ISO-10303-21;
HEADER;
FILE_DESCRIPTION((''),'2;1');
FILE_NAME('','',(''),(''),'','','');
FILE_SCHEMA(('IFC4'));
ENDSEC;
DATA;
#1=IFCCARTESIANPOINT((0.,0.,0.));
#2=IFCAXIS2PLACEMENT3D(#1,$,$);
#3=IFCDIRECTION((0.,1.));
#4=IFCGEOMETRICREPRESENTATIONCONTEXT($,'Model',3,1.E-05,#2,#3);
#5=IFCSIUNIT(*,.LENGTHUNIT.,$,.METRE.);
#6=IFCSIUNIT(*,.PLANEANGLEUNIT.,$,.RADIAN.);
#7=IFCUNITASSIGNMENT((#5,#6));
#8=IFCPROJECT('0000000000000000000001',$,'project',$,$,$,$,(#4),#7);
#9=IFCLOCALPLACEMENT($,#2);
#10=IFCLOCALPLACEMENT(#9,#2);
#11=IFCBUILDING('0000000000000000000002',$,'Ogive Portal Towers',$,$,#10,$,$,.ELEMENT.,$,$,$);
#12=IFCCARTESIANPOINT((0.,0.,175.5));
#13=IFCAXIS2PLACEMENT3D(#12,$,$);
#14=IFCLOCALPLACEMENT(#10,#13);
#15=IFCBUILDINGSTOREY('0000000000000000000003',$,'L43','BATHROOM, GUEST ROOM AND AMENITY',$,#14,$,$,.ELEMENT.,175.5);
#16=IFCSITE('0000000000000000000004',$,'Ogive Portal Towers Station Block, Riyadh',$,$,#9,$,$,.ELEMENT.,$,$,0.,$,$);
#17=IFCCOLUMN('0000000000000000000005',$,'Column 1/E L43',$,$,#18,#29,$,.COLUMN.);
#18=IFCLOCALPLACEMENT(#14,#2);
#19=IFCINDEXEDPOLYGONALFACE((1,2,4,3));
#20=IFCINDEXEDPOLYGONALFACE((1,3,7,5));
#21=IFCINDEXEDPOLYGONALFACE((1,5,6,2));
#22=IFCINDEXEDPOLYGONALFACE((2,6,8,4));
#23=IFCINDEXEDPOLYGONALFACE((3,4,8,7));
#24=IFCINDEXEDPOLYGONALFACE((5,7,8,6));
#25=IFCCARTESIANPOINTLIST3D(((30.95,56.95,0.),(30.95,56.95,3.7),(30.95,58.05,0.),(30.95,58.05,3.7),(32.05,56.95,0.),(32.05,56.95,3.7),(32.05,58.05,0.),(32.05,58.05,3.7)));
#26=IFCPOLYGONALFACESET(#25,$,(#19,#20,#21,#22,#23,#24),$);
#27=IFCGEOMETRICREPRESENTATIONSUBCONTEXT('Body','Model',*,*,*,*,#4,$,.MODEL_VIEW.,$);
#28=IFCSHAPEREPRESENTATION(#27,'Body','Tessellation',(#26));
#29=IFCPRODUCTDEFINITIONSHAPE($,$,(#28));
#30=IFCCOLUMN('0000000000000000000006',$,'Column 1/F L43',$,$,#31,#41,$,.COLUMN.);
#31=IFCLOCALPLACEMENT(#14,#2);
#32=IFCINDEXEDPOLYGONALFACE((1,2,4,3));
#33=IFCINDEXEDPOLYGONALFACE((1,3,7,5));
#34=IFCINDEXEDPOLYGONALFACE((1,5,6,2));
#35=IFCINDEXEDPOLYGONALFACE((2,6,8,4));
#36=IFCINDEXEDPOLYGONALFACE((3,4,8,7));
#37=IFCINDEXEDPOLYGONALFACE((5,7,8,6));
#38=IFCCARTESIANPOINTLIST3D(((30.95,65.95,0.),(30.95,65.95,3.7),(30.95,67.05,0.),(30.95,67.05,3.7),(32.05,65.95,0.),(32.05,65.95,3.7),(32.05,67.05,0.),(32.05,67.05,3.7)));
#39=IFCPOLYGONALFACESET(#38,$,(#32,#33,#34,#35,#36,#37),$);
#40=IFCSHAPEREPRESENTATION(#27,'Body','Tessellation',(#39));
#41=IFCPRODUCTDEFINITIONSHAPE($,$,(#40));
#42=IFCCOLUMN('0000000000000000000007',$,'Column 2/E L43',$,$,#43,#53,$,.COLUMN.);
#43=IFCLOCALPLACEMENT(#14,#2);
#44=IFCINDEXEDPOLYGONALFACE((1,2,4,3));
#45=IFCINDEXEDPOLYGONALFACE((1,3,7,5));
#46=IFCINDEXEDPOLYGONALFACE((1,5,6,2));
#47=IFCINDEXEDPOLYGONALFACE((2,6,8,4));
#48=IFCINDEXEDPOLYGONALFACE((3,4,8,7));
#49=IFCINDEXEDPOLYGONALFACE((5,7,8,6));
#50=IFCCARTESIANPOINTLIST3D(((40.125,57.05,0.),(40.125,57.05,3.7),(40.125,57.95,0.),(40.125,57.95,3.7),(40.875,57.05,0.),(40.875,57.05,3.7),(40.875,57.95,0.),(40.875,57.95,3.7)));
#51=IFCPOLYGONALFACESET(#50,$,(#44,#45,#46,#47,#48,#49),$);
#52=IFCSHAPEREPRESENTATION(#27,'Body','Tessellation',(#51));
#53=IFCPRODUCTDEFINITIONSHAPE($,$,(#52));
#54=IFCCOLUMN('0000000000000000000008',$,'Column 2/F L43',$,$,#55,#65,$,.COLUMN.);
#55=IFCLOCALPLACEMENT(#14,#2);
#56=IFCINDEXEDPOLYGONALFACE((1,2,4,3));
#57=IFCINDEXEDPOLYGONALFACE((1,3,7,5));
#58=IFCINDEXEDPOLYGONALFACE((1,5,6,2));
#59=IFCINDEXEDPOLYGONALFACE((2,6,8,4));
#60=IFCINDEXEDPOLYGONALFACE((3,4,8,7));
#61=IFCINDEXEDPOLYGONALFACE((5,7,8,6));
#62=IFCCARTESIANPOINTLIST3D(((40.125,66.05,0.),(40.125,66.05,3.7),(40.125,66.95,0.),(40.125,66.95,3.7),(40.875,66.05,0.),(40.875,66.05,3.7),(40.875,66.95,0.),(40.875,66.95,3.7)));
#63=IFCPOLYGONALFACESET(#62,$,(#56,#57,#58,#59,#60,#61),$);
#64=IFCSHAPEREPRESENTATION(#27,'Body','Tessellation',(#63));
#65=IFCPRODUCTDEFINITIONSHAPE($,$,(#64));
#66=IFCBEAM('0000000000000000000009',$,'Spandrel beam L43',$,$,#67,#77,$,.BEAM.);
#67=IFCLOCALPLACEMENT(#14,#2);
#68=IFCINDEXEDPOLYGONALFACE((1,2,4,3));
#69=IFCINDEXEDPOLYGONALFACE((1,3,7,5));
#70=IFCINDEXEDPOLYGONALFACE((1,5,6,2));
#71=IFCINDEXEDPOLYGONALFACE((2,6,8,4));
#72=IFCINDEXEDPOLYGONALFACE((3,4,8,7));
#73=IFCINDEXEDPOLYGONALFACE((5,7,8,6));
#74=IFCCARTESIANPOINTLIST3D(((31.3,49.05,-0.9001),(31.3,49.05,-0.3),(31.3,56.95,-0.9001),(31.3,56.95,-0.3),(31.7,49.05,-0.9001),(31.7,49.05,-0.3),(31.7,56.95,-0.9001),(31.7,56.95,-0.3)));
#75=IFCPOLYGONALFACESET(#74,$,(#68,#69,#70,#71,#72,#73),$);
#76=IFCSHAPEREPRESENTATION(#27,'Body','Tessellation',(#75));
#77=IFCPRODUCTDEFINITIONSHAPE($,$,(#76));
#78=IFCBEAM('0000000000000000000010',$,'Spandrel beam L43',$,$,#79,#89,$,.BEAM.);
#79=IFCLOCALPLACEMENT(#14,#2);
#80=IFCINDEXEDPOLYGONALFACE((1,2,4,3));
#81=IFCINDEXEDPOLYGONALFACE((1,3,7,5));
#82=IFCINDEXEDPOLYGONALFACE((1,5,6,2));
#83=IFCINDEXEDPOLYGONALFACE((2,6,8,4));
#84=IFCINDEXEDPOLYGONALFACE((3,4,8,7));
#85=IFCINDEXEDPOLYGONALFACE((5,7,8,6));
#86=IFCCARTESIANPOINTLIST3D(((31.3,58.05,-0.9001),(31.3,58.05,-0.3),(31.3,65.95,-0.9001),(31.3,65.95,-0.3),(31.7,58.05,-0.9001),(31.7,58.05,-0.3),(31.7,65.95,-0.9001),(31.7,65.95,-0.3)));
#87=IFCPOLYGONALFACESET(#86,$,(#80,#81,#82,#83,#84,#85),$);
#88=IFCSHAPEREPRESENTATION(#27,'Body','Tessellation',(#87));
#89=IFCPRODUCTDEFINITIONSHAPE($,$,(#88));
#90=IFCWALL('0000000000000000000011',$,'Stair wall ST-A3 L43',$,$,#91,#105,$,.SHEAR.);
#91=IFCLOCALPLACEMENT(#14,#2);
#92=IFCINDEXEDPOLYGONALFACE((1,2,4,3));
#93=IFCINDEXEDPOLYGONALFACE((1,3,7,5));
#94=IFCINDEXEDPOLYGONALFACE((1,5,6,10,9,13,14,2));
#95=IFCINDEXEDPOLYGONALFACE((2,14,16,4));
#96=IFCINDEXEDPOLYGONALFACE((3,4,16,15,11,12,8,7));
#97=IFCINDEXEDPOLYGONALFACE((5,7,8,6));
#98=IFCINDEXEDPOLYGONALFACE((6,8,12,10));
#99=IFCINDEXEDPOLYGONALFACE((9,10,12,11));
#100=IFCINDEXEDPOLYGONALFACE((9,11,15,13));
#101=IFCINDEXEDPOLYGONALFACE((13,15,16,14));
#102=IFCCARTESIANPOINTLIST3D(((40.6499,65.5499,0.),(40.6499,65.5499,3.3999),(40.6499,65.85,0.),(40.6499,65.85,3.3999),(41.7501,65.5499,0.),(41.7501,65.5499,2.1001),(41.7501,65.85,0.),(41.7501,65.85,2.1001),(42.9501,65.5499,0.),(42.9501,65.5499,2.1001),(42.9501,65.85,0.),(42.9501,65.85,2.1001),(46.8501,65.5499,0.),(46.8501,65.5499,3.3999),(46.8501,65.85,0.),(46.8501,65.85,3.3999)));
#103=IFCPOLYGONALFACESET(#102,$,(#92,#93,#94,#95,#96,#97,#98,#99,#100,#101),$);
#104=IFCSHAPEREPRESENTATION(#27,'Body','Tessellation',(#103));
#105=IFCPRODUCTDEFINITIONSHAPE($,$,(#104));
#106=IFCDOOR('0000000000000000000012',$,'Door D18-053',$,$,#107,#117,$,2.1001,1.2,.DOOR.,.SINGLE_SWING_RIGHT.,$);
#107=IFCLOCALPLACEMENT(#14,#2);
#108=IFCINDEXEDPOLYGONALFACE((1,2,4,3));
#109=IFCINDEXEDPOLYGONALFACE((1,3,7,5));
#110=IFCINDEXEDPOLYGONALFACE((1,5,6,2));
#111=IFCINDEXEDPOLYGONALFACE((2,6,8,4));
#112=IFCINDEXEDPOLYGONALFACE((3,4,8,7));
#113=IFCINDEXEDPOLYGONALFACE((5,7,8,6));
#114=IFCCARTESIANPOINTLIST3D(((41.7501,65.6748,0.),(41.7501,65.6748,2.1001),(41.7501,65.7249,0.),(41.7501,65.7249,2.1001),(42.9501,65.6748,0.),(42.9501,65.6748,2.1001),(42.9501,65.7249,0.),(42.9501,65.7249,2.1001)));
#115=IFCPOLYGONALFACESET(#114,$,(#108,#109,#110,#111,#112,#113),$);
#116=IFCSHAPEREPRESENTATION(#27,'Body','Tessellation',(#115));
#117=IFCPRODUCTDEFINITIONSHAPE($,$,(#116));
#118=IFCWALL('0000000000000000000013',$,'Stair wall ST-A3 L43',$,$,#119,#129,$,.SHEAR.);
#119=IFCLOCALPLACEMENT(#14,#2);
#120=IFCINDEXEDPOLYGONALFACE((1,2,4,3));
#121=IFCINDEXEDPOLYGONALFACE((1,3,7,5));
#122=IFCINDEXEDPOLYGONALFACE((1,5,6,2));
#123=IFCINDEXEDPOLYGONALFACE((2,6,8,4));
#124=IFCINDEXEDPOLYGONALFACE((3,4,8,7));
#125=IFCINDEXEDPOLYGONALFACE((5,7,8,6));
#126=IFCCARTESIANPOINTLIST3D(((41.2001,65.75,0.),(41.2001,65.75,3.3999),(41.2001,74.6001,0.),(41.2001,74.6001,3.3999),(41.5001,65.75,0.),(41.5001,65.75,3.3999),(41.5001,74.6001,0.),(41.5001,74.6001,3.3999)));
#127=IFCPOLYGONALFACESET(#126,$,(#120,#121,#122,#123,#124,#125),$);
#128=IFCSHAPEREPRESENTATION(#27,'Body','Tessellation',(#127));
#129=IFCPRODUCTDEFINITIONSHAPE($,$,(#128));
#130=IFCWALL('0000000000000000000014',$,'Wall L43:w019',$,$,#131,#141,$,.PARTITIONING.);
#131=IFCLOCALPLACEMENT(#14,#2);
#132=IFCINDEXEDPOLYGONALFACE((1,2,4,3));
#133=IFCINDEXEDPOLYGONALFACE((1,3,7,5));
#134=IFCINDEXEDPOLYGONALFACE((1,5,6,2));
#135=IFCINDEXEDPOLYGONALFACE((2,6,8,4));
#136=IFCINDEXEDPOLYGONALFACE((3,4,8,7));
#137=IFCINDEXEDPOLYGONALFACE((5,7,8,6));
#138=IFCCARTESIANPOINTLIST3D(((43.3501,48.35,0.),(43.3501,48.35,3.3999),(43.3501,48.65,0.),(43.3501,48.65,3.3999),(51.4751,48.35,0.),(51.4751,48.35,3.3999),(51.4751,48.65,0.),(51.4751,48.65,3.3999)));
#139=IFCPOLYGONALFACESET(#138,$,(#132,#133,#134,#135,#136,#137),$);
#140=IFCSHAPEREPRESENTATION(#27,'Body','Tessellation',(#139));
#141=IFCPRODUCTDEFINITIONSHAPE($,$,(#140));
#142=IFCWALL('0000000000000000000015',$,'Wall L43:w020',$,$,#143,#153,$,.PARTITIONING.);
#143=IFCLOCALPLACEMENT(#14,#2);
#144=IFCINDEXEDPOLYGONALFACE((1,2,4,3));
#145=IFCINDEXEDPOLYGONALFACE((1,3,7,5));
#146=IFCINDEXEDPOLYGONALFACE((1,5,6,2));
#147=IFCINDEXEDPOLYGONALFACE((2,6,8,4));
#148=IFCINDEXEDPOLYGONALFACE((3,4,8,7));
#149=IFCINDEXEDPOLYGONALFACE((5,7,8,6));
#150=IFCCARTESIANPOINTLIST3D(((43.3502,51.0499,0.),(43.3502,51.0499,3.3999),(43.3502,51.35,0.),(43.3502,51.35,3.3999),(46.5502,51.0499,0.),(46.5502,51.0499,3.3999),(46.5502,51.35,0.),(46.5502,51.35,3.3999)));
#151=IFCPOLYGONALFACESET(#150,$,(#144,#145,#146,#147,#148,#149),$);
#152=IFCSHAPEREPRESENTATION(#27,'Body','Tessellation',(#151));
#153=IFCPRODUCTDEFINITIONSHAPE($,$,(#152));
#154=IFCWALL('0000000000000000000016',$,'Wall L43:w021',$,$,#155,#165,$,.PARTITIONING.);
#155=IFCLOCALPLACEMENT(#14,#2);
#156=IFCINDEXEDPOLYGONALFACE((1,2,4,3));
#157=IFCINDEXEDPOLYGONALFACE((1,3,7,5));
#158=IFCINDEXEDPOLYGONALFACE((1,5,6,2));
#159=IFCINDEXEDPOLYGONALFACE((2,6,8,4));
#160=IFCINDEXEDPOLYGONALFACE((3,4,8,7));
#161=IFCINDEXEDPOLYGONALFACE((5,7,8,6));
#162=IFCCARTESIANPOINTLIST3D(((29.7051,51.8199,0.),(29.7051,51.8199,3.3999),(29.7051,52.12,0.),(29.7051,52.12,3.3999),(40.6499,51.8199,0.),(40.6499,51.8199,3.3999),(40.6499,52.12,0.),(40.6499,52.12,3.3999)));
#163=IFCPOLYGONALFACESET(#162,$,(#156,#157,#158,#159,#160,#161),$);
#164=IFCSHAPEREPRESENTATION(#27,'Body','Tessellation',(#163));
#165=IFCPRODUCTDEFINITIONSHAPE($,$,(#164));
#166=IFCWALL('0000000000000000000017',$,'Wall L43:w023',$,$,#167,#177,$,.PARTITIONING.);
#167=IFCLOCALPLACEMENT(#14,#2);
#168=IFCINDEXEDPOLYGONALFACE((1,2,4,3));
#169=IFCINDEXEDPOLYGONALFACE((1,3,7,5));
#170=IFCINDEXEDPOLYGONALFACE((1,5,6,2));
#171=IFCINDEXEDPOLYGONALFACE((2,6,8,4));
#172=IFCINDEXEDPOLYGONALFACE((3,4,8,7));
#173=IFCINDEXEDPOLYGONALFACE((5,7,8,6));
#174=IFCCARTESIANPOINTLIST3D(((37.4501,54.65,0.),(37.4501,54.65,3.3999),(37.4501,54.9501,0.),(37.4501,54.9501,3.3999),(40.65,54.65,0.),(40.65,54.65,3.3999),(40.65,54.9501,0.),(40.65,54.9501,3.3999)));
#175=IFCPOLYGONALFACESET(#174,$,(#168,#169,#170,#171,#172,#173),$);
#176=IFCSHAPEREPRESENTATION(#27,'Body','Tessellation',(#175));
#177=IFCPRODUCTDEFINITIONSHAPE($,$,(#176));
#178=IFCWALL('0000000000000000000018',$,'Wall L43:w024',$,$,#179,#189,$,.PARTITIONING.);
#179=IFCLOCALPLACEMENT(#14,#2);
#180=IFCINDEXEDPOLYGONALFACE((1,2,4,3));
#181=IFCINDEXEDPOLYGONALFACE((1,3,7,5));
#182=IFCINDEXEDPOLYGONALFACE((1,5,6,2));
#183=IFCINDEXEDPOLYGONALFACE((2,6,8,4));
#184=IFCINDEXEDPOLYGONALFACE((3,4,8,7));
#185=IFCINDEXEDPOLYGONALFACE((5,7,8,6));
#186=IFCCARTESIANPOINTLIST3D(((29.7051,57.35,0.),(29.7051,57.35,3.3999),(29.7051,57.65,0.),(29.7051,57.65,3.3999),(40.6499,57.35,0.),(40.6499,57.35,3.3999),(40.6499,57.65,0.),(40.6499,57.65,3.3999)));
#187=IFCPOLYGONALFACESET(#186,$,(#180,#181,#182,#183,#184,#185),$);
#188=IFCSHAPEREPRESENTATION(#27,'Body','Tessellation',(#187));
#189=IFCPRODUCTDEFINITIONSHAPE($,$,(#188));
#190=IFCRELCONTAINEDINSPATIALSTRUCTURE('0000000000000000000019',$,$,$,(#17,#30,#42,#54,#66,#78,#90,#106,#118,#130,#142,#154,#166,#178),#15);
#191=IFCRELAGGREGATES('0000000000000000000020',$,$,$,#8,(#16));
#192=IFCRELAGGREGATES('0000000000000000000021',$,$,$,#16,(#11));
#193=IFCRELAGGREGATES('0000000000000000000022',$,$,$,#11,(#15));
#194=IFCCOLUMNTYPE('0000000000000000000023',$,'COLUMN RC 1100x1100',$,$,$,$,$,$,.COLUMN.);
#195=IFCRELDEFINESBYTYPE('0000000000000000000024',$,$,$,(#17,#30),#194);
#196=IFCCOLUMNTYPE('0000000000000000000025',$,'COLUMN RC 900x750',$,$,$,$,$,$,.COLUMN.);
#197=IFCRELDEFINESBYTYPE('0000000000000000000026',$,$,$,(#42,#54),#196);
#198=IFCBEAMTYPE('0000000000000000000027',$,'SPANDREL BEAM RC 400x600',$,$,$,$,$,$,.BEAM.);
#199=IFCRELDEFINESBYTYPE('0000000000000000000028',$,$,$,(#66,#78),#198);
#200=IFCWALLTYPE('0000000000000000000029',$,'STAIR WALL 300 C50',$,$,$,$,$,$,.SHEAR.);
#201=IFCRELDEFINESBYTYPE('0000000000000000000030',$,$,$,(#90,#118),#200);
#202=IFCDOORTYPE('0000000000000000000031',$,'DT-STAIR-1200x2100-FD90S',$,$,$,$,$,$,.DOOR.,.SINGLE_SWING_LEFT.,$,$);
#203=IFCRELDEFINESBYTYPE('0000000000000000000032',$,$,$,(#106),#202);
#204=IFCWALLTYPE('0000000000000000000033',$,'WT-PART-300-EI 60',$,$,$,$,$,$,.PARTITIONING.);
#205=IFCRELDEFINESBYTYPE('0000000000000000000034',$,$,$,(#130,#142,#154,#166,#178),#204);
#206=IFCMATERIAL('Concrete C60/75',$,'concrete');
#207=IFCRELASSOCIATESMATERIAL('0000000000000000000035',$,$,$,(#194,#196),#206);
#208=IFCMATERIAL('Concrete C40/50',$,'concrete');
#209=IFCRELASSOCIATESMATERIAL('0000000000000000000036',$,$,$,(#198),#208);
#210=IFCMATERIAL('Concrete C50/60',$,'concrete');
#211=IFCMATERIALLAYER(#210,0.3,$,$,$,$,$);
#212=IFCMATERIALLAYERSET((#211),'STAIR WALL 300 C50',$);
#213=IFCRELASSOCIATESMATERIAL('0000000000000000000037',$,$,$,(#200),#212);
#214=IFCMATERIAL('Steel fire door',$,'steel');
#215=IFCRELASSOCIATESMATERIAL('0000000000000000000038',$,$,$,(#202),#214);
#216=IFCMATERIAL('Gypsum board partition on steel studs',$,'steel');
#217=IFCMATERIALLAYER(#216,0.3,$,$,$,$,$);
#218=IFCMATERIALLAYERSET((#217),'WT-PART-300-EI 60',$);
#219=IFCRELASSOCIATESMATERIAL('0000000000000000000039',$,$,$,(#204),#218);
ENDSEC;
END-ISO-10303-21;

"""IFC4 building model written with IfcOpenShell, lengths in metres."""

from ifc_helpers import new_model, si_unit, direction, frame, frame_2d, origin, origin_2d, place, context, subcontext, project, spatial, rectangle, extrude, material, layer, layer_set, material_profile, profile_set, type_object, element, fill, save


model = new_model("IFC4")

# Units and contexts
model_context = context("Model", 3, precision=1e-05, world=origin(), true_north=direction((0.0, 1.0)))
body_context = subcontext(model_context, "Body", "Model", "MODEL_VIEW")
ifc_project = project(units=[si_unit("LENGTHUNIT", "METRE"), si_unit("PLANEANGLEUNIT", "RADIAN")], contexts=[model_context])

# Site, building, storey
site_placement = place(None, origin())
site = spatial("IfcSite", under=ifc_project, at=site_placement, Name="Ogive Portal Towers Station Block, Riyadh", CompositionType="ELEMENT", RefElevation=0.0)
building_placement = place(site_placement, origin())
building = spatial("IfcBuilding", under=site, at=building_placement, Name="Ogive Portal Towers", CompositionType="ELEMENT")
storey_placement = place(building_placement, frame((0.0, 0.0, 175.5)))
storey = spatial("IfcBuildingStorey", under=building, at=storey_placement, Name="L43", Description="BATHROOM, GUEST ROOM AND AMENITY", CompositionType="ELEMENT", Elevation=175.5)

# Columns
ifc_material_1 = material(Name="Concrete C60/75", Category="concrete")
ifc_material_profile_1 = material_profile(ifc_material_1, rectangle(XDim=1.1001, YDim=1.1001, at=origin_2d()), Name="RC 1100x1100")
ifc_profile_set_1 = profile_set([ifc_material_profile_1], Name="Concrete C60/75")
column_type_1 = type_object("IfcColumnType", Name="COLUMN RC 1100x1100", PredefinedType="COLUMN", material=ifc_profile_set_1)
for number, where, z_axis, x_axis, name in (
    (1, (31.5, 57.5, 0.0), (0.0, 0.0, 1.0), (1.0, 0.0, 0.0), "Column 1/E L43"),
    (2, (31.5, 66.5, 0.0), (0.0, 0.0, 1.0), (1.0, 0.0, 0.0), "Column 1/F L43"),
):
    element("IfcColumn", number, at=place(storey_placement, frame(where, z_axis=z_axis, x_axis=x_axis)), inside=storey, type_object=column_type_1, Name=name, PredefinedType="COLUMN", context=body_context, shape_type="SweptSolid", body=[
        extrude(rectangle(XDim=1.1001, YDim=1.1001, at=origin_2d()), origin(), (0.0, 0.0, 1.0), 3.7),
    ])
ifc_material_profile_2 = material_profile(ifc_material_1, rectangle(XDim=0.8999, YDim=0.75, at=origin_2d()), Name="RC 900x750")
ifc_profile_set_2 = profile_set([ifc_material_profile_2], Name="Concrete C60/75")
column_type_2 = type_object("IfcColumnType", Name="COLUMN RC 900x750", PredefinedType="COLUMN", material=ifc_profile_set_2)
for number, where, z_axis, x_axis, name in (
    (3, (40.5, 57.5, 0.0), (0.0, 0.0, 1.0), (0.0, 1.0, 0.0), "Column 2/E L43"),
    (4, (40.5, 66.5, 0.0), (0.0, 0.0, 1.0), (0.0, 1.0, 0.0), "Column 2/F L43"),
):
    element("IfcColumn", number, at=place(storey_placement, frame(where, z_axis=z_axis, x_axis=x_axis)), inside=storey, type_object=column_type_2, Name=name, PredefinedType="COLUMN", context=body_context, shape_type="SweptSolid", body=[
        extrude(rectangle(XDim=0.8999, YDim=0.75, at=origin_2d()), origin(), (0.0, 0.0, 1.0), 3.7),
    ])

# Beams
ifc_material_2 = material(Name="Concrete C40/50", Category="concrete")
ifc_material_profile_3 = material_profile(ifc_material_2, rectangle(XDim=0.3999, YDim=0.6001, at=origin_2d()), Name="RC 400x600")
ifc_profile_set_3 = profile_set([ifc_material_profile_3], Name="Concrete C40/50")
beam_type = type_object("IfcBeamType", Name="SPANDREL BEAM RC 400x600", PredefinedType="BEAM", material=ifc_profile_set_3)
for number, where, z_axis, x_axis, name in (
    (5, (31.5, 49.05, -0.6001), (0.0, 1.0, 0.0), (-1.0, 0.0, 0.0), "Spandrel beam L43"),
    (6, (31.5, 58.05, -0.6001), (0.0, 1.0, 0.0), (-1.0, 0.0, 0.0), "Spandrel beam L43"),
):
    element("IfcBeam", number, at=place(storey_placement, frame(where, z_axis=z_axis, x_axis=x_axis)), inside=storey, type_object=beam_type, Name=name, PredefinedType="BEAM", context=body_context, shape_type="SweptSolid", body=[
        extrude(rectangle(XDim=0.3999, YDim=0.6001, at=origin_2d()), origin(), (0.0, 0.0, 1.0), 7.8999),
    ])

# Wall, opening, door
ifc_material_3 = material(Name="Concrete C50/60", Category="concrete")
ifc_layer_1 = layer(ifc_material_3, 0.3)
ifc_layer_set_1 = layer_set([ifc_layer_1], Name="STAIR WALL 300 C50")
wall_type_1 = type_object("IfcWallType", Name="STAIR WALL 300 C50", PredefinedType="SHEAR", material=ifc_layer_set_1)
wall_1_placement = place(storey_placement, frame((40.6499, 65.7, 0.0), z_axis=(0.0, 0.0, 1.0), x_axis=(1.0, 0.0, 0.0)))
wall_1 = element("IfcWall", 7, at=wall_1_placement, inside=storey, type_object=wall_type_1, Name="Stair wall ST-A3 L43", PredefinedType="SHEAR", context=body_context, shape_type="SweptSolid", body=[
    extrude(rectangle(XDim=6.2002, YDim=0.3, at=frame_2d((3.1001, 0.0))), origin(), (0.0, 0.0, 1.0), 3.3999),
])
opening_1_placement = place(wall_1_placement, frame((1.1001, 0.0, 0.0)))
opening_1 = element("IfcOpeningElement", 8, at=opening_1_placement, cuts=wall_1, PredefinedType="OPENING", context=body_context, shape_type="SweptSolid", body=[
    extrude(rectangle(XDim=1.2, YDim=2.1001, at=frame_2d((0.6001, 1.05))), frame((0.0, 0.1602, 0.0), z_axis=(0.0, -1.0, 0.0), x_axis=(1.0, 0.0, 0.0)), (0.0, 0.0, 1.0), 0.3201),
])
ifc_material_4 = material(Name="Steel fire door", Category="steel")
door_type_1 = type_object("IfcDoorType", Name="DT-STAIR-1200x2100-FD90S", OperationType="SINGLE_SWING_LEFT", PredefinedType="DOOR", material=ifc_material_4)
door_1_placement = place(opening_1_placement, origin())
door_1 = element("IfcDoor", 9, at=door_1_placement, inside=storey, type_object=door_type_1, Name="Door D18-053", OperationType="SINGLE_SWING_RIGHT", OverallHeight=2.1001, OverallWidth=1.2, PredefinedType="DOOR", context=body_context, shape_type="SweptSolid", body=[
    extrude(rectangle(XDim=1.2, YDim=2.1001, at=frame_2d((0.6001, 1.05))), frame((0.0, 0.0249, 0.0), z_axis=(0.0, -1.0, 0.0), x_axis=(1.0, 0.0, 0.0)), (0.0, 0.0, 1.0), 0.05),
])
fill(opening_1, door_1)

# Walls
wall_2_placement = place(storey_placement, frame((41.3501, 65.75, 0.0), z_axis=(0.0, 0.0, 1.0), x_axis=(0.0, 1.0, 0.0)))
element("IfcWall", 10, at=wall_2_placement, inside=storey, type_object=wall_type_1, Name="Stair wall ST-A3 L43", PredefinedType="SHEAR", context=body_context, shape_type="SweptSolid", body=[
    extrude(rectangle(XDim=8.8501, YDim=0.3, at=frame_2d((4.425, 0.0))), origin(), (0.0, 0.0, 1.0), 3.3999),
])
ifc_material_5 = material(Name="Gypsum board partition on steel studs", Category="steel")
ifc_layer_2 = layer(ifc_material_5, 0.3)
ifc_layer_set_2 = layer_set([ifc_layer_2], Name="WT-PART-300-EI 60")
wall_type_2 = type_object("IfcWallType", Name="WT-PART-300-EI 60", PredefinedType="PARTITIONING", material=ifc_layer_set_2)
wall_3_placement = place(storey_placement, frame((43.3501, 48.5, 0.0), z_axis=(0.0, 0.0, 1.0), x_axis=(1.0, 0.0, 0.0)))
element("IfcWall", 11, at=wall_3_placement, inside=storey, type_object=wall_type_2, Name="Wall L43:w019", PredefinedType="PARTITIONING", context=body_context, shape_type="SweptSolid", body=[
    extrude(rectangle(XDim=8.125, YDim=0.3, at=frame_2d((4.0625, 0.0))), origin(), (0.0, 0.0, 1.0), 3.3999),
])
wall_4_placement = place(storey_placement, frame((43.3501, 51.2, 0.0), z_axis=(0.0, 0.0, 1.0), x_axis=(1.0, 0.0, 0.0)))
element("IfcWall", 12, at=wall_4_placement, inside=storey, type_object=wall_type_2, Name="Wall L43:w020", PredefinedType="PARTITIONING", context=body_context, shape_type="SweptSolid", body=[
    extrude(rectangle(XDim=3.2, YDim=0.3, at=frame_2d((1.6001, 0.0))), origin(), (0.0, 0.0, 1.0), 3.3999),
])
wall_5_placement = place(storey_placement, frame((29.7051, 51.97, 0.0), z_axis=(0.0, 0.0, 1.0), x_axis=(1.0, 0.0, 0.0)))
element("IfcWall", 13, at=wall_5_placement, inside=storey, type_object=wall_type_2, Name="Wall L43:w021", PredefinedType="PARTITIONING", context=body_context, shape_type="SweptSolid", body=[
    extrude(rectangle(XDim=10.9448, YDim=0.3, at=frame_2d((5.4724, 0.0))), origin(), (0.0, 0.0, 1.0), 3.3999),
])
wall_6_placement = place(storey_placement, frame((37.45, 54.8, 0.0), z_axis=(0.0, 0.0, 1.0), x_axis=(1.0, 0.0, 0.0)))
element("IfcWall", 14, at=wall_6_placement, inside=storey, type_object=wall_type_2, Name="Wall L43:w023", PredefinedType="PARTITIONING", context=body_context, shape_type="SweptSolid", body=[
    extrude(rectangle(XDim=3.2, YDim=0.3, at=frame_2d((1.6001, 0.0))), origin(), (0.0, 0.0, 1.0), 3.3999),
])
wall_7_placement = place(storey_placement, frame((29.7051, 57.5, 0.0), z_axis=(0.0, 0.0, 1.0), x_axis=(1.0, 0.0, 0.0)))
element("IfcWall", 15, at=wall_7_placement, inside=storey, type_object=wall_type_2, Name="Wall L43:w024", PredefinedType="PARTITIONING", context=body_context, shape_type="SweptSolid", body=[
    extrude(rectangle(XDim=10.9448, YDim=0.3, at=frame_2d((5.4724, 0.0))), origin(), (0.0, 0.0, 1.0), 3.3999),
])

save(model, "model.ifc")
